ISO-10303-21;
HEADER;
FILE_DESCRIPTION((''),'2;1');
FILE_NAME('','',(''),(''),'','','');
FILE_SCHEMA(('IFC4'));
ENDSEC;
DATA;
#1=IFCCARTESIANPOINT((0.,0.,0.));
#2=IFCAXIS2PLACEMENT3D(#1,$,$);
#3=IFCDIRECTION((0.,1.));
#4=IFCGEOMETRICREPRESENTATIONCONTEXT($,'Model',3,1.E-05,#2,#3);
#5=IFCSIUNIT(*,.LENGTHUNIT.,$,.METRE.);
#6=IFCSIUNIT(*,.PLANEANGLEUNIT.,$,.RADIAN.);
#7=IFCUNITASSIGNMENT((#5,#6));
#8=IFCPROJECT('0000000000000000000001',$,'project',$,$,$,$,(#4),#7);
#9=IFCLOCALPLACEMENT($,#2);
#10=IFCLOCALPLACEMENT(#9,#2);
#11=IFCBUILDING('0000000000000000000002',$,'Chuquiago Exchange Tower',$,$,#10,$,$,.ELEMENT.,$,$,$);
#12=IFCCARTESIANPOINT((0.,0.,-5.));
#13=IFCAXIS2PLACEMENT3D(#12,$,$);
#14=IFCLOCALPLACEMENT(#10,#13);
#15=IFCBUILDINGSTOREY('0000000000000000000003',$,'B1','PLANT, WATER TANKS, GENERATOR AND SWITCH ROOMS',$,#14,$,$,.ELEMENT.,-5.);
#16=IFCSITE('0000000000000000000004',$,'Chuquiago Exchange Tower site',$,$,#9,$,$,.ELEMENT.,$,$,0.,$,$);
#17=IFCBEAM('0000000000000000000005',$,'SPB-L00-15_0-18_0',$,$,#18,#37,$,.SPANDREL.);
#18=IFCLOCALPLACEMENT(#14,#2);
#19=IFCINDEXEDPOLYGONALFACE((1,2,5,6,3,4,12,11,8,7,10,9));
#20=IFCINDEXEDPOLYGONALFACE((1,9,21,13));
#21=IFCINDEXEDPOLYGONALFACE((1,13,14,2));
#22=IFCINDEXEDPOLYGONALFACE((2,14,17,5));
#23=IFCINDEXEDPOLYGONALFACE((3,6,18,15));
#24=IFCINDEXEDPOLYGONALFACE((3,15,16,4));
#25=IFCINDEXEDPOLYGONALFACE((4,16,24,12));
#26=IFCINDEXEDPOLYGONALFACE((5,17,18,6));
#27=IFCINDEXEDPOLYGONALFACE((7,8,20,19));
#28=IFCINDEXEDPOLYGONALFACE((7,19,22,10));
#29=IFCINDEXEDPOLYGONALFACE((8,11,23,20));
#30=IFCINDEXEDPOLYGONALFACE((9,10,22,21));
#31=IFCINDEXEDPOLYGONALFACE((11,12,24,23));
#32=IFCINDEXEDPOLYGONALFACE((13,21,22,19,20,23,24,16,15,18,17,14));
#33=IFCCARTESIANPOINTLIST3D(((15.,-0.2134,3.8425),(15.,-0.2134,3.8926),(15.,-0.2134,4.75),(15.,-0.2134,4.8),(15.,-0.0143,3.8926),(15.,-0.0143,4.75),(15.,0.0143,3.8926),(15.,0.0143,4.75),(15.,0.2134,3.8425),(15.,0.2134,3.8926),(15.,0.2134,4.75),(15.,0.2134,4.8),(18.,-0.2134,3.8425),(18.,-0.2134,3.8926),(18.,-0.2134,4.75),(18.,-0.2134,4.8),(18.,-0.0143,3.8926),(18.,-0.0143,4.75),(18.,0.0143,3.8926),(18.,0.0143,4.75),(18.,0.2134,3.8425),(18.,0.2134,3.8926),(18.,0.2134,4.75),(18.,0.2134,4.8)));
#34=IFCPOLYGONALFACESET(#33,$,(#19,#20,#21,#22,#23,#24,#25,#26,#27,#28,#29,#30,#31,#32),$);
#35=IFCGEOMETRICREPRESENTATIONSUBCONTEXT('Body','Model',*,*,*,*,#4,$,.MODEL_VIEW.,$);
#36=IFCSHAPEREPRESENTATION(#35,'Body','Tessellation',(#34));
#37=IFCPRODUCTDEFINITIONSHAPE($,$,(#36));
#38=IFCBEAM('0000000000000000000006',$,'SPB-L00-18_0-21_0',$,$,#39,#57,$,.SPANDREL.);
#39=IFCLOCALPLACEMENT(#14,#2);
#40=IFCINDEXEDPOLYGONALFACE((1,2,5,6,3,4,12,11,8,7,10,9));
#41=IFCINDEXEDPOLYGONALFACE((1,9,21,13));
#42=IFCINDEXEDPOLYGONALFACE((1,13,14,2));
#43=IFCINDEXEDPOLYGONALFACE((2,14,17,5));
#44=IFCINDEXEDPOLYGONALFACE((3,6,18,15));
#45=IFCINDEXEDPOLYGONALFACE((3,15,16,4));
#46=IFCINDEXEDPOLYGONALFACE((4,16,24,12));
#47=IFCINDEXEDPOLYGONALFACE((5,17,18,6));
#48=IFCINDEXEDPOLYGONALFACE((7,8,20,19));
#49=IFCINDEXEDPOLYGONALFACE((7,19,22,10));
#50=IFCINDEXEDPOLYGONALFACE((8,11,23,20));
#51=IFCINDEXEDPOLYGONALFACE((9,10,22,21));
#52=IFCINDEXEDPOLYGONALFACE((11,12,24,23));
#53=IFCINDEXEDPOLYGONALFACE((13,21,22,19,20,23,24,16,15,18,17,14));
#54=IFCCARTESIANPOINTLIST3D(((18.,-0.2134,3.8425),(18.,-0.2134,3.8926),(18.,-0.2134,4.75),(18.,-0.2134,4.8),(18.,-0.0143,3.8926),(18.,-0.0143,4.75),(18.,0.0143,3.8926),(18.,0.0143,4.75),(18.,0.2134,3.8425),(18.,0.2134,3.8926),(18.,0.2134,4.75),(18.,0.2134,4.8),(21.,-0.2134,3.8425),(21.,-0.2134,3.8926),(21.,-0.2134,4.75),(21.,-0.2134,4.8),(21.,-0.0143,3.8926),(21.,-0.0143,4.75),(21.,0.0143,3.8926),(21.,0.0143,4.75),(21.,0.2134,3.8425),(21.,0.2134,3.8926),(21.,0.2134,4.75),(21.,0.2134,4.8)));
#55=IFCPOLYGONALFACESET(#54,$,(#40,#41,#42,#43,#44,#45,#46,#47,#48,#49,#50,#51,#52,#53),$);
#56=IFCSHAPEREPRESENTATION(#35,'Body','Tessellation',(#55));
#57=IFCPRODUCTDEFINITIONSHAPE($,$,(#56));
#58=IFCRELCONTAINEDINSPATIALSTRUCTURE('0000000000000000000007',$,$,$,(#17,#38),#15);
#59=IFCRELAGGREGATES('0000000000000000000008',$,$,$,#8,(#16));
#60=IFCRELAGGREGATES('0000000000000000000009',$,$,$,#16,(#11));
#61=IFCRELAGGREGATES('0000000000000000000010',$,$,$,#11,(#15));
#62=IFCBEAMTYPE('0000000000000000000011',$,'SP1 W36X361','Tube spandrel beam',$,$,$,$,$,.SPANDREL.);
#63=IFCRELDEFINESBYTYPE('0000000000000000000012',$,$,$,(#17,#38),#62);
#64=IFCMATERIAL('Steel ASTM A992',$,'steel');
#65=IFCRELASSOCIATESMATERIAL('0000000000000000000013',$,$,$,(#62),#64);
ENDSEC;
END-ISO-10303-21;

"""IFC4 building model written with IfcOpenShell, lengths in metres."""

from ifc_helpers import new_model, si_unit, direction, frame, origin, origin_2d, place, context, subcontext, project, spatial, i_section, extrude, material, material_profile, profile_set, type_object, element, save


model = new_model("IFC4")

# Units and contexts
model_context = context("Model", 3, precision=1e-05, world=origin(), true_north=direction((0.0, 1.0)))
body_context = subcontext(model_context, "Body", "Model", "MODEL_VIEW")
ifc_project = project(units=[si_unit("LENGTHUNIT", "METRE"), si_unit("PLANEANGLEUNIT", "RADIAN")], contexts=[model_context])

# Site, building, storey
site_placement = place(None, origin())
site = spatial("IfcSite", under=ifc_project, at=site_placement, Name="Chuquiago Exchange Tower site", CompositionType="ELEMENT", RefElevation=0.0)
building_placement = place(site_placement, origin())
building = spatial("IfcBuilding", under=site, at=building_placement, Name="Chuquiago Exchange Tower", CompositionType="ELEMENT")
storey_placement = place(building_placement, frame((0.0, 0.0, -5.0)))
storey = spatial("IfcBuildingStorey", under=building, at=storey_placement, Name="B1", Description="PLANT, WATER TANKS, GENERATOR AND SWITCH ROOMS", CompositionType="ELEMENT", Elevation=-5.0)

# Beams
ifc_material_1 = material(Name="Steel ASTM A992", Category="steel")
ifc_material_profile_1 = material_profile(ifc_material_1, i_section(OverallWidth=0.4268, OverallDepth=0.9575, WebThickness=0.0286, FlangeThickness=0.05, at=origin_2d()), Name="W36X361")
ifc_profile_set_1 = profile_set([ifc_material_profile_1], Name="Steel ASTM A992")
beam_type_1 = type_object("IfcBeamType", Name="SP1 W36X361", Description="Tube spandrel beam", PredefinedType="SPANDREL", material=ifc_profile_set_1)
for number, where, z_axis, x_axis, name in (
    (1, (15.0, 0.0, 4.3213), (1.0, 0.0, 0.0), (0.0, 1.0, 0.0), "SPB-L00-15_0-18_0"),
    (2, (18.0, 0.0, 4.3213), (1.0, 0.0, 0.0), (0.0, 1.0, 0.0), "SPB-L00-18_0-21_0"),
):
    element("IfcBeam", number, at=place(storey_placement, frame(where, z_axis=z_axis, x_axis=x_axis)), inside=storey, type_object=beam_type_1, Name=name, PredefinedType="SPANDREL", context=body_context, shape_type="SweptSolid", body=[
        extrude(i_section(OverallWidth=0.4268, OverallDepth=0.9575, WebThickness=0.0286, FlangeThickness=0.05, at=origin_2d()), origin(), (0.0, 0.0, 1.0), 3.0),
    ])

save(model, "model.ifc")
